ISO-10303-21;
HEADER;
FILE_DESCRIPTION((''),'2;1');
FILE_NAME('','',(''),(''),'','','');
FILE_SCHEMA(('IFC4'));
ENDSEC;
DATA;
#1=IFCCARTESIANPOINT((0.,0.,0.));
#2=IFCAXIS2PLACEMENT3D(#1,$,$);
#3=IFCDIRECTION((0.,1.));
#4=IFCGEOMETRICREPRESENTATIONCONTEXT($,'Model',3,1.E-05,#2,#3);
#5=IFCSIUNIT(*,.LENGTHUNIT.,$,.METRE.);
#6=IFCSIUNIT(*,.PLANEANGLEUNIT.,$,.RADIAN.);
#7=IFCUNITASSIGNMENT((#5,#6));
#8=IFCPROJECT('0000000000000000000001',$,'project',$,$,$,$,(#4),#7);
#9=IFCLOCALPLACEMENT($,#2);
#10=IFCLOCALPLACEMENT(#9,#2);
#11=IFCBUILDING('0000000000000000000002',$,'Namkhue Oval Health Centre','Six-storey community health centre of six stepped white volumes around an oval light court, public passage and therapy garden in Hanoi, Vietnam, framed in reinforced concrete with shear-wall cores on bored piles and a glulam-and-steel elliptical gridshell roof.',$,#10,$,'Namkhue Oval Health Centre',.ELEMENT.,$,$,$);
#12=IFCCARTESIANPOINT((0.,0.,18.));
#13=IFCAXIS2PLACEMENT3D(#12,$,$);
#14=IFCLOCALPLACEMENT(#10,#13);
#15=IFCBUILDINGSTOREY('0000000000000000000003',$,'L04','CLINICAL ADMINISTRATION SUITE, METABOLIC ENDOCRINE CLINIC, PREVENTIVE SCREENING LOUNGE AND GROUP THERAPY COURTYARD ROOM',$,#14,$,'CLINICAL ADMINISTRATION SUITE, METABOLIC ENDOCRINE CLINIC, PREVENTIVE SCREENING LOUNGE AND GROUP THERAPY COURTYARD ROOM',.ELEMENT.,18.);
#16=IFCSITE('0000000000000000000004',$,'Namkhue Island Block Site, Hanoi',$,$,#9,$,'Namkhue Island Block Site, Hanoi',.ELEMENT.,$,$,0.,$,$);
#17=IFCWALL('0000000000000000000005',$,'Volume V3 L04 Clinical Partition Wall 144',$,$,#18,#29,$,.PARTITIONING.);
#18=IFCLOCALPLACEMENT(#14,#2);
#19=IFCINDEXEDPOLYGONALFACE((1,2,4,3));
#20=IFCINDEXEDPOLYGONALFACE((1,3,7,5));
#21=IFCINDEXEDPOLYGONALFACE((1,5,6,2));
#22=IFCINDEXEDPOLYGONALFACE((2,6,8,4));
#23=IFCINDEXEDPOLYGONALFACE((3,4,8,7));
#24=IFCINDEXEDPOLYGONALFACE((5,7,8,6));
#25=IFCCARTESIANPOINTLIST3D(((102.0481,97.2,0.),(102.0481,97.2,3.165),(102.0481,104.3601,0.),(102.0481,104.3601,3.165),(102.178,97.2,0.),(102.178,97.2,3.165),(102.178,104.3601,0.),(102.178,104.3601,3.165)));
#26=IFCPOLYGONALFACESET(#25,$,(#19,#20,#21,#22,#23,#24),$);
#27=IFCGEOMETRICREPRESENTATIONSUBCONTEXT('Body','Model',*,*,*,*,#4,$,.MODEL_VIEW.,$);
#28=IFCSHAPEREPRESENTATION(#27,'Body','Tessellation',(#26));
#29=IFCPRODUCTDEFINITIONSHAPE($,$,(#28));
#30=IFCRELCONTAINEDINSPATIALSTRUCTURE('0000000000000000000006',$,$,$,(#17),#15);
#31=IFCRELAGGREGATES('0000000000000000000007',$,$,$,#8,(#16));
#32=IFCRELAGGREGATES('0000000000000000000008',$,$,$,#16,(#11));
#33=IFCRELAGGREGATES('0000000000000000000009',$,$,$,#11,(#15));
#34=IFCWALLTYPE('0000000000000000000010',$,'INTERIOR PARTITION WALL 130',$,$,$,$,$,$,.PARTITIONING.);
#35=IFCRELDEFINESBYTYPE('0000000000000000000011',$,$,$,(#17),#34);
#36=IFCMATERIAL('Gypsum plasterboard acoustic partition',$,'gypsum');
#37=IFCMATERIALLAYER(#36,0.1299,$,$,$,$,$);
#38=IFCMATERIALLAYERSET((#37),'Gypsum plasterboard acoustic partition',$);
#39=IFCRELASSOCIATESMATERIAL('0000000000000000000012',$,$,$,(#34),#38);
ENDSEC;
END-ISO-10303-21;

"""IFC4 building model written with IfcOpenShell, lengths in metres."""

from ifc_helpers import new_model, si_unit, direction, frame, frame_2d, origin, place, context, subcontext, project, spatial, rectangle, extrude, material, layer, layer_set, type_object, element, save


model = new_model("IFC4")

# Units and contexts
model_context = context("Model", 3, precision=1e-05, world=origin(), true_north=direction((0.0, 1.0)))
body_context = subcontext(model_context, "Body", "Model", "MODEL_VIEW")
ifc_project = project(units=[si_unit("LENGTHUNIT", "METRE"), si_unit("PLANEANGLEUNIT", "RADIAN")], contexts=[model_context])

# Site, building, storey
site_placement = place(None, origin())
site = spatial("IfcSite", under=ifc_project, at=site_placement, Name="Namkhue Island Block Site, Hanoi", LongName="Namkhue Island Block Site, Hanoi", CompositionType="ELEMENT", RefElevation=0.0)
building_placement = place(site_placement, origin())
building = spatial("IfcBuilding", under=site, at=building_placement, Name="Namkhue Oval Health Centre", Description="Six-storey community health centre of six stepped white volumes around an oval light court, public passage and therapy garden in Hanoi, Vietnam, framed in reinforced concrete with shear-wall cores on bored piles and a glulam-and-steel elliptical gridshell roof.", LongName="Namkhue Oval Health Centre", CompositionType="ELEMENT")
storey_placement = place(building_placement, frame((0.0, 0.0, 18.0)))
storey = spatial("IfcBuildingStorey", under=building, at=storey_placement, Name="L04", Description="CLINICAL ADMINISTRATION SUITE, METABOLIC ENDOCRINE CLINIC, PREVENTIVE SCREENING LOUNGE AND GROUP THERAPY COURTYARD ROOM", LongName="CLINICAL ADMINISTRATION SUITE, METABOLIC ENDOCRINE CLINIC, PREVENTIVE SCREENING LOUNGE AND GROUP THERAPY COURTYARD ROOM", CompositionType="ELEMENT", Elevation=18.0)

# Shared definitions
ifc_material_1 = material(Name="Gypsum plasterboard acoustic partition", Category="gypsum")

# Wall
ifc_layer_1 = layer(ifc_material_1, 0.1299)
ifc_layer_set_1 = layer_set([ifc_layer_1], Name="Gypsum plasterboard acoustic partition")
wall_type_1 = type_object("IfcWallType", Name="INTERIOR PARTITION WALL 130", PredefinedType="PARTITIONING", material=ifc_layer_set_1)
wall_1_placement = place(storey_placement, frame((102.113, 97.2, 0.0), z_axis=(0.0, 0.0, 1.0), x_axis=(0.0, 1.0, 0.0)))
element("IfcWall", 1, at=wall_1_placement, inside=storey, type_object=wall_type_1, Name="Volume V3 L04 Clinical Partition Wall 144", PredefinedType="PARTITIONING", context=body_context, shape_type="SweptSolid", body=[
    extrude(rectangle(XDim=7.1602, YDim=0.1299, at=frame_2d((3.5801, 0.0))), origin(), (0.0, 0.0, 1.0), 3.165),
])

save(model, "model.ifc")
